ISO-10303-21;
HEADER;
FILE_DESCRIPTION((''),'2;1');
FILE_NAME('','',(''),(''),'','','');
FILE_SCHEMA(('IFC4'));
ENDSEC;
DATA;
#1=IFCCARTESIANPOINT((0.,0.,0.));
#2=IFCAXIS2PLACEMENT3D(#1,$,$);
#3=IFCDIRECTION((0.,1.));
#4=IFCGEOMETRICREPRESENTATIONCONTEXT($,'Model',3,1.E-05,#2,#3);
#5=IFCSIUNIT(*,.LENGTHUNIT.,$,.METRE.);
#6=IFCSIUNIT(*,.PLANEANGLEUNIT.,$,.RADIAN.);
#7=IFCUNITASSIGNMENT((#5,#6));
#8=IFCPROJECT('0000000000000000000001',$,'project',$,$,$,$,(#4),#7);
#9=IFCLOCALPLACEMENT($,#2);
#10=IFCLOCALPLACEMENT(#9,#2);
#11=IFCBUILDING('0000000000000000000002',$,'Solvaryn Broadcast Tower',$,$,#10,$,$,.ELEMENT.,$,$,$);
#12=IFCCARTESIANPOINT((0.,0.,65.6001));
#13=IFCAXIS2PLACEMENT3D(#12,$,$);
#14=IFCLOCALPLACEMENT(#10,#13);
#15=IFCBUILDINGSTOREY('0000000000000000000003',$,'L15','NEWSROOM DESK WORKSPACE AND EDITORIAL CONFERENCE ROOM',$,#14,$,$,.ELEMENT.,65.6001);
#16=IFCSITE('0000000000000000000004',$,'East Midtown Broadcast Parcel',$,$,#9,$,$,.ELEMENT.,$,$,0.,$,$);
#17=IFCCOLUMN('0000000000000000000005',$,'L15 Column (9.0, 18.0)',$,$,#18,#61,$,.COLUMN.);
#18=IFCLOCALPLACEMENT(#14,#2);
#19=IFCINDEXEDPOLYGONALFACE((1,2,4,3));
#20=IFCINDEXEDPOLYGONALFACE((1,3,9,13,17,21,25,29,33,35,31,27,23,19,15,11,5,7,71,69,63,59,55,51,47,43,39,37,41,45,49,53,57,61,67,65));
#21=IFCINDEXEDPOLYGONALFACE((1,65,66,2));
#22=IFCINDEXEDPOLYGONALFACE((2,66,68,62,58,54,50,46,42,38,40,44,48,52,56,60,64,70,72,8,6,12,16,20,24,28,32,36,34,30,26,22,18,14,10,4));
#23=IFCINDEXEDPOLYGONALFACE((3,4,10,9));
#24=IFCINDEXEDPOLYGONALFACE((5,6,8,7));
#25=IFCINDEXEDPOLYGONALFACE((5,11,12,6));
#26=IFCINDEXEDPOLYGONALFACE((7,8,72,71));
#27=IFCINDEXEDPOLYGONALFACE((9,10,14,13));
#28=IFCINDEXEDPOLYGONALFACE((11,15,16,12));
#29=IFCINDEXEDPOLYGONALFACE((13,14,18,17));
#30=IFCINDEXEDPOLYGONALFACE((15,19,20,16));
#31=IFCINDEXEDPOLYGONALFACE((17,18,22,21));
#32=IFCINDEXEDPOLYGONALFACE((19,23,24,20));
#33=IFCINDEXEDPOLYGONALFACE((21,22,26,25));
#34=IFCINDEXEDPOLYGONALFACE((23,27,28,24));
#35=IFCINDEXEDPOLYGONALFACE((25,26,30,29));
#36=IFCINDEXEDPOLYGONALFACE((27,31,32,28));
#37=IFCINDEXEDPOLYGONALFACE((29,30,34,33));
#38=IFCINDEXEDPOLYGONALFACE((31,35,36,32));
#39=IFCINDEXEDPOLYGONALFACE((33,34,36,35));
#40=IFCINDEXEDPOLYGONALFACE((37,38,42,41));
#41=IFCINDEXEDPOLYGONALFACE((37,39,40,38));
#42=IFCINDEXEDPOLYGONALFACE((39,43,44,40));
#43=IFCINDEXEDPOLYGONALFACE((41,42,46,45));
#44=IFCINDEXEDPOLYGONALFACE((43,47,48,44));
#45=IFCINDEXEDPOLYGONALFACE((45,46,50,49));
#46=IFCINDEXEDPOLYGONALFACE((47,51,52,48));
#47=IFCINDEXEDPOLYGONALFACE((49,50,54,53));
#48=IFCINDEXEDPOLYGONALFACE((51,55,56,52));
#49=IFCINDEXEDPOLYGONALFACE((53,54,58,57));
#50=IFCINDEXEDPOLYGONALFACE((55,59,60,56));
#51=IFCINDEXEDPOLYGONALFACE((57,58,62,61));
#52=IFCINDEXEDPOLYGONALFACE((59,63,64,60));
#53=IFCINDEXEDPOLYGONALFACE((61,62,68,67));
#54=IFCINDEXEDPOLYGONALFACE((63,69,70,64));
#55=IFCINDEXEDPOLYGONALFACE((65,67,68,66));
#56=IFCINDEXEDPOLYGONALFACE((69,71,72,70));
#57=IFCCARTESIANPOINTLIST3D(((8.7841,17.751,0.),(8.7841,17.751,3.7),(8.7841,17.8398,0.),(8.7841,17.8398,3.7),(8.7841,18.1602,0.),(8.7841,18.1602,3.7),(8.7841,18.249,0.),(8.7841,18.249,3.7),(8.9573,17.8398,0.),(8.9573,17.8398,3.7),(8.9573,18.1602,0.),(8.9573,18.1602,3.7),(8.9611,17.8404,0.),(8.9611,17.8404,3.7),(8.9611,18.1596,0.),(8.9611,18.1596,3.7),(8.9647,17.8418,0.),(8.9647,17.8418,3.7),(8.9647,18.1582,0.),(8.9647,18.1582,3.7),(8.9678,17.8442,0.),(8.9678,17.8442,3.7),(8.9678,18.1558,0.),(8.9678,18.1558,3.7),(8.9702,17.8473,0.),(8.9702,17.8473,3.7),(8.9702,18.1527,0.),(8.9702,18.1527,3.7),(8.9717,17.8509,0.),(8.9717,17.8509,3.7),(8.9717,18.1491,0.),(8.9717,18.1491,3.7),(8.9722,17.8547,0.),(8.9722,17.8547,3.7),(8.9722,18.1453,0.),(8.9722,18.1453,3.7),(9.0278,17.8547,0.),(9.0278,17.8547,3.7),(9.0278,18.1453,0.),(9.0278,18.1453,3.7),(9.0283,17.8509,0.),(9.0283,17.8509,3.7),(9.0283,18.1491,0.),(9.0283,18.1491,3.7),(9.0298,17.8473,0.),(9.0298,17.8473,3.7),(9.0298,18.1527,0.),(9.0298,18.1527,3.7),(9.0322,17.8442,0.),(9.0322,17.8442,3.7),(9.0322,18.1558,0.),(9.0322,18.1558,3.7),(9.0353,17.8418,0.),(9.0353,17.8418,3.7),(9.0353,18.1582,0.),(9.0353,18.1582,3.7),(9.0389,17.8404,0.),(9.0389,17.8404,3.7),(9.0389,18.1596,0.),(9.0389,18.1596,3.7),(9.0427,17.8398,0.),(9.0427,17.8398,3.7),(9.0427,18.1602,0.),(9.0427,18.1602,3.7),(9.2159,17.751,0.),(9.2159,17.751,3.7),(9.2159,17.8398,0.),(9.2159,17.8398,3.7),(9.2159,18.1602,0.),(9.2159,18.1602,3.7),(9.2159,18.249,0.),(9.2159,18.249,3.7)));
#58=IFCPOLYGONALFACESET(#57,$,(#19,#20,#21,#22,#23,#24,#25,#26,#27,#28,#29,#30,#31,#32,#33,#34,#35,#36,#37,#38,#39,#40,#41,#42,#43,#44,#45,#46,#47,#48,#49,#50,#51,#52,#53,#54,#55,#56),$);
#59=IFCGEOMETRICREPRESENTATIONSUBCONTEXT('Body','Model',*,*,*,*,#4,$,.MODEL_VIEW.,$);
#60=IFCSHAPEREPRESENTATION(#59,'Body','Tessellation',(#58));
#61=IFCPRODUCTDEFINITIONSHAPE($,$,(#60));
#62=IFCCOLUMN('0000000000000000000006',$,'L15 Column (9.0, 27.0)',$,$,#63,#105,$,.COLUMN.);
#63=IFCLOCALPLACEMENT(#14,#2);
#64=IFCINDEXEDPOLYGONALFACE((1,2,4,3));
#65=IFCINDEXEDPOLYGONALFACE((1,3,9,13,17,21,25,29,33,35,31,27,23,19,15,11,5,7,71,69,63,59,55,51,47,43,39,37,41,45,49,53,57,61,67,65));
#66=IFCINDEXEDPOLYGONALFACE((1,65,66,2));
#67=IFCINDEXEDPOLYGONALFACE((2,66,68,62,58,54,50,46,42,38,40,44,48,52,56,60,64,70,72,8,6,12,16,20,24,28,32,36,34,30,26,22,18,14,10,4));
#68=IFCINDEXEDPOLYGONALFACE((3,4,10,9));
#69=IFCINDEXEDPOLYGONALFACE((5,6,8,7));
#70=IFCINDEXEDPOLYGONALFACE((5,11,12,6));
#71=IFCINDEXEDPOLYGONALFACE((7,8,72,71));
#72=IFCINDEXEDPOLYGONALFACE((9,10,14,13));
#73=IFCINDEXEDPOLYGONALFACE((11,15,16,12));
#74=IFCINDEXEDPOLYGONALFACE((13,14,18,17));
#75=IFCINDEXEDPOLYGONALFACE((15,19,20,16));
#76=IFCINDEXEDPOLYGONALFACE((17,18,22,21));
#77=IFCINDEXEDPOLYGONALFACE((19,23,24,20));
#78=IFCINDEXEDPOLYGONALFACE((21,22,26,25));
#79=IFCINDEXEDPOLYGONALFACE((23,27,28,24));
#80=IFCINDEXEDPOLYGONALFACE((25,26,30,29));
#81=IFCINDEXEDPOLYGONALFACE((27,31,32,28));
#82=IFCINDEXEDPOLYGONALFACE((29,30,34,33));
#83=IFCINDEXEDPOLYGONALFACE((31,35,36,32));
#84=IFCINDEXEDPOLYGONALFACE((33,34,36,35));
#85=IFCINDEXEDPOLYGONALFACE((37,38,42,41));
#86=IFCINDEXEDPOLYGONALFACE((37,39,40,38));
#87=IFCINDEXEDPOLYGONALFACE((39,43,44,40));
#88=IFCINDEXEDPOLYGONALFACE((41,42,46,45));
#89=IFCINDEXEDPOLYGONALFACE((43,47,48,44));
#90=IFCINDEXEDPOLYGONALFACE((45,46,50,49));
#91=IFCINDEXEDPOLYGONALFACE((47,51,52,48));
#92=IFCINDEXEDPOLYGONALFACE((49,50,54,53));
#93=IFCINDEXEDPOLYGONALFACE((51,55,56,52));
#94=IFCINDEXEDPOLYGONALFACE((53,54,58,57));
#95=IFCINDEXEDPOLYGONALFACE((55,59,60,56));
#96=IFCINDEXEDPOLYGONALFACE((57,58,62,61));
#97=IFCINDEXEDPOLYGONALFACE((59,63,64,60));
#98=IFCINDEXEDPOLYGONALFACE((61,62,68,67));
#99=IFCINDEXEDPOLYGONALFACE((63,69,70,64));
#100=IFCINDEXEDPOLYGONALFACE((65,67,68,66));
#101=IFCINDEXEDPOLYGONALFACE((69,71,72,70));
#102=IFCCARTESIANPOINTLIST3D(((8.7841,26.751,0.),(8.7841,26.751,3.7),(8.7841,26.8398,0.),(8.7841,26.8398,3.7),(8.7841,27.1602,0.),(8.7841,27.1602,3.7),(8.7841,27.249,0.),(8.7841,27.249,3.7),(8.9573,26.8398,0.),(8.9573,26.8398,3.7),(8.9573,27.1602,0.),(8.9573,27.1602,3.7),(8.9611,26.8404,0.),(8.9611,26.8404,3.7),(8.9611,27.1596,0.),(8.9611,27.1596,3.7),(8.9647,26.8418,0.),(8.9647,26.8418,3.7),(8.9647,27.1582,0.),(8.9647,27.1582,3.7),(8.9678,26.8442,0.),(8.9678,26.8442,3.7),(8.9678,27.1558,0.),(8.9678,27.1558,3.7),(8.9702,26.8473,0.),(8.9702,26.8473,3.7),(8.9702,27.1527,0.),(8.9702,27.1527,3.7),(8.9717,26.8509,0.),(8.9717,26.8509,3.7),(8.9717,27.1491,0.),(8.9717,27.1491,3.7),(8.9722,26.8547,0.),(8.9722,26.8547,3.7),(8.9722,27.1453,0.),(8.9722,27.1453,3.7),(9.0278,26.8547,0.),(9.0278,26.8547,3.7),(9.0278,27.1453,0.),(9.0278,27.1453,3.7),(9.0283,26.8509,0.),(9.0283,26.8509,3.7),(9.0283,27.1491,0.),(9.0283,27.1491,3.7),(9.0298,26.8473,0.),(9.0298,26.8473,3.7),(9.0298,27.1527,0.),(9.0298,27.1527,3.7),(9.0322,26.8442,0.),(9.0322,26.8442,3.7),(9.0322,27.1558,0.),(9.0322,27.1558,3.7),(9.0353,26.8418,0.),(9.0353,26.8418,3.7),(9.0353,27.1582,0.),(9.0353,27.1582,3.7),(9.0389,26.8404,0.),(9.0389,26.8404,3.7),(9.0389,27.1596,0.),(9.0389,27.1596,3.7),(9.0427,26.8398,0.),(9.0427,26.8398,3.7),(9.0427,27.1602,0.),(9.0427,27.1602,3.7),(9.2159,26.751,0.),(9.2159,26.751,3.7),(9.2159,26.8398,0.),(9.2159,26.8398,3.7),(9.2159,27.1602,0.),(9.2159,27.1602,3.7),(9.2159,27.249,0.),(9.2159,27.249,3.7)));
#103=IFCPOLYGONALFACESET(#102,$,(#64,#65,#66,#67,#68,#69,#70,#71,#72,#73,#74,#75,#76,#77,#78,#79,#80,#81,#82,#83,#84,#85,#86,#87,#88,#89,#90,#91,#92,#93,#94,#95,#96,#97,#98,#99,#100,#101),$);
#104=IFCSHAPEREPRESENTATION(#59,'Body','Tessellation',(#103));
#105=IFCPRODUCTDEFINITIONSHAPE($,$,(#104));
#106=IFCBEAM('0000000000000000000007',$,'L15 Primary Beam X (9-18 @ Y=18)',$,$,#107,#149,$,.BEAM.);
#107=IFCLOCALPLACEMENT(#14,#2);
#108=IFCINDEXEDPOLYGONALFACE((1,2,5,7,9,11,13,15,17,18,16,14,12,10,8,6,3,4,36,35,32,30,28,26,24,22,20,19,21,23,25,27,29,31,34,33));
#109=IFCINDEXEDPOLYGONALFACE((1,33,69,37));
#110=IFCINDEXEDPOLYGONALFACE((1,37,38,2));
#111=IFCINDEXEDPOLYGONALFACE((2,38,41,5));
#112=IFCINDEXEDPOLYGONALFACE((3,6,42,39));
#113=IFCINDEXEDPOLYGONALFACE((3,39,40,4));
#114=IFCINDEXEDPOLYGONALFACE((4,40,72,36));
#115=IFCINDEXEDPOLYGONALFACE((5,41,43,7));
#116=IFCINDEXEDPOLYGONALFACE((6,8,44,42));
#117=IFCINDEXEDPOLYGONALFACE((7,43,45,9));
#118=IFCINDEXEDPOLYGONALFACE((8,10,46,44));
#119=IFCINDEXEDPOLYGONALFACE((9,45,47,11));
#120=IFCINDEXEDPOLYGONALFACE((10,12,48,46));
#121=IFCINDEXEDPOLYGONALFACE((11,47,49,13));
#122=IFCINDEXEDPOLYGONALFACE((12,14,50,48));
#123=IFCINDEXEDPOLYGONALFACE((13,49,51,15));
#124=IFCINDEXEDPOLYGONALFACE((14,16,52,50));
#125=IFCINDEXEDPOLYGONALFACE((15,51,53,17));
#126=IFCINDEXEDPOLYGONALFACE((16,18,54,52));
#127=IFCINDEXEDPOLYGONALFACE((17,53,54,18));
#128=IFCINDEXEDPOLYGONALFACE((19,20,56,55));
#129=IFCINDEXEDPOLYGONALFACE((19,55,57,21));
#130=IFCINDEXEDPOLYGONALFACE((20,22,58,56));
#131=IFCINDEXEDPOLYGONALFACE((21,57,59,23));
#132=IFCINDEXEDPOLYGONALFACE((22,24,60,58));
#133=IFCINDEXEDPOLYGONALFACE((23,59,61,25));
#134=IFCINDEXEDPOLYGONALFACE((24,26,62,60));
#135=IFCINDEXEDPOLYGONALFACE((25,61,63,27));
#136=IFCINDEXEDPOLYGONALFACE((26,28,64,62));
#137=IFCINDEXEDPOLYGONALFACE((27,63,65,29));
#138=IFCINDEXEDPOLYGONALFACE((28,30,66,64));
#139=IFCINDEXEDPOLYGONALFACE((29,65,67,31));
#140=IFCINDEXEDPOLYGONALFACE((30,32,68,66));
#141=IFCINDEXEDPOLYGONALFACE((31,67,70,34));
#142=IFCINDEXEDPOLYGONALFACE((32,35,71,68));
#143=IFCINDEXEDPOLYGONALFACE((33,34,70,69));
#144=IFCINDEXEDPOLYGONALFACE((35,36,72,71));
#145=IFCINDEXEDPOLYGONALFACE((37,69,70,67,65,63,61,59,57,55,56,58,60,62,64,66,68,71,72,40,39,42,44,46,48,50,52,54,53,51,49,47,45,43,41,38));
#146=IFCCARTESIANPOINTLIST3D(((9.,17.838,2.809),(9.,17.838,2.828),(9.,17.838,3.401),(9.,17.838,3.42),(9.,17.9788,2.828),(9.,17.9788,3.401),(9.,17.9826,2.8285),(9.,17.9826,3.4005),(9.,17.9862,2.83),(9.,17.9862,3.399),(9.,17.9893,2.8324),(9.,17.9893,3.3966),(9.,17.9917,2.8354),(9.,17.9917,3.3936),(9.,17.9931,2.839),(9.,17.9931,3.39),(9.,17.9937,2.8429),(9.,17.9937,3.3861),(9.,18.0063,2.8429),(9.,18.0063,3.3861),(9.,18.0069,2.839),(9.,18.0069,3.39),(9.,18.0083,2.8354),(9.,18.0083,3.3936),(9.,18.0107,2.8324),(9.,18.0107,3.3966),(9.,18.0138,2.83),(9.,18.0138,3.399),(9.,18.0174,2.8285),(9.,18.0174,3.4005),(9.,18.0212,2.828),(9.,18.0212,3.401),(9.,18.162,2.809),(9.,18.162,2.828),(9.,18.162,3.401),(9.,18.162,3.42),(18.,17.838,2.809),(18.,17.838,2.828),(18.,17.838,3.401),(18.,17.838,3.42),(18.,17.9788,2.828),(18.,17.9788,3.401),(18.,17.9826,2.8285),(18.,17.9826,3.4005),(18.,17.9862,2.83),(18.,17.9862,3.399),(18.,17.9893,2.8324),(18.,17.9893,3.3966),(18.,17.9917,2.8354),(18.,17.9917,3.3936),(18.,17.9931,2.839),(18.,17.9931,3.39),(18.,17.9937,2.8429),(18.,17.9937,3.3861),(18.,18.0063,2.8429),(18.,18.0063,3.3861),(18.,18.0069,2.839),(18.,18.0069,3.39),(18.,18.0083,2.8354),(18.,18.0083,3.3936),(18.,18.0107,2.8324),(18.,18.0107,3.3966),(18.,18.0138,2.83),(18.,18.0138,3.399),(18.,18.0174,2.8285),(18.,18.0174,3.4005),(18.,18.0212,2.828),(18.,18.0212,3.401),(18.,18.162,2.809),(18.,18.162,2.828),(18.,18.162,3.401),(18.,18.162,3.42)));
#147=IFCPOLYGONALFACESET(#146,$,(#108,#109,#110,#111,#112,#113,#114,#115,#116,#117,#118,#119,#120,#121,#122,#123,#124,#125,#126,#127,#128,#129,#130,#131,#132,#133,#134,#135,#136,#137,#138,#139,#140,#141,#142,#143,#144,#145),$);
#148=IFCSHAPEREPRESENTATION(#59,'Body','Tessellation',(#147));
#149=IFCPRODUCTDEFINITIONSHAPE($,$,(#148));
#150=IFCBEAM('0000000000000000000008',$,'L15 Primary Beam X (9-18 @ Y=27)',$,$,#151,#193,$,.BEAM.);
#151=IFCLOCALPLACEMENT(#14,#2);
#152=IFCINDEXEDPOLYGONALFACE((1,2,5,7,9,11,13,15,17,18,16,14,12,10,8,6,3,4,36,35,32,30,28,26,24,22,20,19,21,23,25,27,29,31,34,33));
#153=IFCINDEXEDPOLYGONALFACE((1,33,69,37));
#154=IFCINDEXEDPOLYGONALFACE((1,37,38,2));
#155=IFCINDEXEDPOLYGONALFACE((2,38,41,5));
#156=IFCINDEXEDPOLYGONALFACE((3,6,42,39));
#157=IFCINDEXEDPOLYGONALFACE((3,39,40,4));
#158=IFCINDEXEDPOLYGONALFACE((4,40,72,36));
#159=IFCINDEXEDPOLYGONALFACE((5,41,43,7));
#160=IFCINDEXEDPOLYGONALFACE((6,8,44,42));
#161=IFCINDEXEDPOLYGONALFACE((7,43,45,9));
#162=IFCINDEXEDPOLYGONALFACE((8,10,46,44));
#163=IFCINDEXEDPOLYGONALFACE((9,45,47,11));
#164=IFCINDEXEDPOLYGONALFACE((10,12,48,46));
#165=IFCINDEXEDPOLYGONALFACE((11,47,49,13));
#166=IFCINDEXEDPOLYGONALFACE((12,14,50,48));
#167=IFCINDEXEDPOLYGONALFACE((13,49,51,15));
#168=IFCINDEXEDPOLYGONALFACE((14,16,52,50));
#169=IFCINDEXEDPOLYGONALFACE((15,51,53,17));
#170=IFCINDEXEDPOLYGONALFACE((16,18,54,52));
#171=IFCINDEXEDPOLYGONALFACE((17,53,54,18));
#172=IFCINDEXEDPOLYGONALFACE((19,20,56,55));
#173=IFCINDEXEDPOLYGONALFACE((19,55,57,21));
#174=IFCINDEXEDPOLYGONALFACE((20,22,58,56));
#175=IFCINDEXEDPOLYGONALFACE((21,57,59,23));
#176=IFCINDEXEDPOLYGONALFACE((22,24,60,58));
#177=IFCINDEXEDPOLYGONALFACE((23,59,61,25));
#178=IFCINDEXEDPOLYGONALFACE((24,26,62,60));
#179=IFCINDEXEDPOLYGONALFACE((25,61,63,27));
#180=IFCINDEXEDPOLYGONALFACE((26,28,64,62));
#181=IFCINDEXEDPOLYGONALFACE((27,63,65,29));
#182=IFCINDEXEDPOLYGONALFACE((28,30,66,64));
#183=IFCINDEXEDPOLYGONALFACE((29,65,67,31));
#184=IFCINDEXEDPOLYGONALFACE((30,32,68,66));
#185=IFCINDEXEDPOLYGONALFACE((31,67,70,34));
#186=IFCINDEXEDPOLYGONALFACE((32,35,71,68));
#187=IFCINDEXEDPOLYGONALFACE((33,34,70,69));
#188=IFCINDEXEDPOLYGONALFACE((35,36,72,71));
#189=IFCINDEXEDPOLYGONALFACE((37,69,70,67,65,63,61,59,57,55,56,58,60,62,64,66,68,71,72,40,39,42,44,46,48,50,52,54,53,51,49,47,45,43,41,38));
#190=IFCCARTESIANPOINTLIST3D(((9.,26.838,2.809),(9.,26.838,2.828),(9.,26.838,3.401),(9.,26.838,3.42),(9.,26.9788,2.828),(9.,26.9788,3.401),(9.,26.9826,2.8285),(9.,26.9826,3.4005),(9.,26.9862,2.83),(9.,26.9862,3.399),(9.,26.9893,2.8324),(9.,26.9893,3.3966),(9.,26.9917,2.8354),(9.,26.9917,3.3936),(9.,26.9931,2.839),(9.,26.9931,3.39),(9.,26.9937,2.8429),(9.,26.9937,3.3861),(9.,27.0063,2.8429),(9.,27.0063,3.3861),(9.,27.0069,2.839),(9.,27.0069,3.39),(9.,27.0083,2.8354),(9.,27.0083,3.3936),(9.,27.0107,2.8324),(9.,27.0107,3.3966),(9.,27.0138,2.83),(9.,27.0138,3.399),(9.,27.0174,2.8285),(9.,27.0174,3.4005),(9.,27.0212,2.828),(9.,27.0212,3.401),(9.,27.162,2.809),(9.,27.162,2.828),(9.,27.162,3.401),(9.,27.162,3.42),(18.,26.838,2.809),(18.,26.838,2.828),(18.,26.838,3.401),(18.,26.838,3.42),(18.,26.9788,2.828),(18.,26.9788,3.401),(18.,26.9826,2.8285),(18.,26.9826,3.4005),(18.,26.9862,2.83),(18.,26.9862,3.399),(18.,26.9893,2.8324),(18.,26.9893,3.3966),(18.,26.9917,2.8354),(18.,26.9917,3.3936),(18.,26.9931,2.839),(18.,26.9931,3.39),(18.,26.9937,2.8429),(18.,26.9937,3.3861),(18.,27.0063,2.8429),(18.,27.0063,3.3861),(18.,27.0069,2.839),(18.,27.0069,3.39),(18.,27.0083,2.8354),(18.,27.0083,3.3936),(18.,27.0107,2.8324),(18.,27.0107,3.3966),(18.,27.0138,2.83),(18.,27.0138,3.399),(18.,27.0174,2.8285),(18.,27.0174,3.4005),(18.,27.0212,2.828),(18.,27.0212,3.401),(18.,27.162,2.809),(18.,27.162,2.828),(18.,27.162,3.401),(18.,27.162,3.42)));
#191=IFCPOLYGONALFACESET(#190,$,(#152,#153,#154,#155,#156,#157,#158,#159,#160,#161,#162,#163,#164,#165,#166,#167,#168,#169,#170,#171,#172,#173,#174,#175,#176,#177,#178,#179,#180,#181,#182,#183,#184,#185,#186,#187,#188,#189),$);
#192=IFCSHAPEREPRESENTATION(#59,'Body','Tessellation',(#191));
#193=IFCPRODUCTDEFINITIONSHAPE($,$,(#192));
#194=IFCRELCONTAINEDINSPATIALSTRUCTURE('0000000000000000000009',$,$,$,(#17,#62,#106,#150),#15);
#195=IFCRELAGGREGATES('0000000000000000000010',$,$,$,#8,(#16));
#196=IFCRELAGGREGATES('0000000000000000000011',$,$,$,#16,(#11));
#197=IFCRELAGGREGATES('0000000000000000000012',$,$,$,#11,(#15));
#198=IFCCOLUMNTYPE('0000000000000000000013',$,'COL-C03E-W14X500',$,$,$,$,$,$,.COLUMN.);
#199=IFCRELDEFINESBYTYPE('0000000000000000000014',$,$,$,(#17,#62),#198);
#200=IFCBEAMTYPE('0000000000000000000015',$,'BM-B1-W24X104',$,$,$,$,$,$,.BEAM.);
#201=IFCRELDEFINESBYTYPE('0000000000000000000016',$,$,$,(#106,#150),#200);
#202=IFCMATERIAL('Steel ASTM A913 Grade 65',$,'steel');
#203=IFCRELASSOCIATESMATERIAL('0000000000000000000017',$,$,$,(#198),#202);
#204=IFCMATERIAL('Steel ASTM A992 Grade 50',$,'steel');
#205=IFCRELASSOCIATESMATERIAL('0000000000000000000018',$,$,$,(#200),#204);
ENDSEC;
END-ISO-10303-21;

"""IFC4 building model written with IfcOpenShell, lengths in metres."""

from ifc_helpers import new_model, si_unit, direction, frame, origin, origin_2d, place, context, subcontext, project, spatial, i_section, extrude, material, material_profile, profile_set, type_object, element, save


model = new_model("IFC4")

# Units and contexts
model_context = context("Model", 3, precision=1e-05, world=origin(), true_north=direction((0.0, 1.0)))
body_context = subcontext(model_context, "Body", "Model", "MODEL_VIEW")
ifc_project = project(units=[si_unit("LENGTHUNIT", "METRE"), si_unit("PLANEANGLEUNIT", "RADIAN")], contexts=[model_context])

# Site, building, storey
site_placement = place(None, origin())
site = spatial("IfcSite", under=ifc_project, at=site_placement, Name="East Midtown Broadcast Parcel", CompositionType="ELEMENT", RefElevation=0.0)
building_placement = place(site_placement, origin())
building = spatial("IfcBuilding", under=site, at=building_placement, Name="Solvaryn Broadcast Tower", CompositionType="ELEMENT")
storey_placement = place(building_placement, frame((0.0, 0.0, 65.6001)))
storey = spatial("IfcBuildingStorey", under=building, at=storey_placement, Name="L15", Description="NEWSROOM DESK WORKSPACE AND EDITORIAL CONFERENCE ROOM", CompositionType="ELEMENT", Elevation=65.6001)

# Columns
ifc_material_1 = material(Name="Steel ASTM A913 Grade 65", Category="steel")
ifc_material_profile_1 = material_profile(ifc_material_1, i_section(OverallWidth=0.4319, OverallDepth=0.498, WebThickness=0.0557, FlangeThickness=0.0889, FilletRadius=0.0149, at=origin_2d()))
ifc_profile_set_1 = profile_set([ifc_material_profile_1], Name="Steel ASTM A913 Grade 65")
column_type = type_object("IfcColumnType", Name="COL-C03E-W14X500", PredefinedType="COLUMN", material=ifc_profile_set_1)
for number, where, z_axis, x_axis, name in (
    (1, (9.0, 18.0, 0.0), (0.0, 0.0, 1.0), (1.0, 0.0, 0.0), "L15 Column (9.0, 18.0)"),
    (2, (9.0, 27.0, 0.0), (0.0, 0.0, 1.0), (1.0, 0.0, 0.0), "L15 Column (9.0, 27.0)"),
):
    element("IfcColumn", number, at=place(storey_placement, frame(where, z_axis=z_axis, x_axis=x_axis)), inside=storey, type_object=column_type, Name=name, PredefinedType="COLUMN", context=body_context, shape_type="SweptSolid", body=[
        extrude(i_section(OverallWidth=0.4319, OverallDepth=0.498, WebThickness=0.0557, FlangeThickness=0.0889, FilletRadius=0.0149, at=origin_2d()), origin(), (0.0, 0.0, 1.0), 3.7),
    ])

# Beams
ifc_material_2 = material(Name="Steel ASTM A992 Grade 50", Category="steel")
ifc_material_profile_2 = material_profile(ifc_material_2, i_section(OverallWidth=0.324, OverallDepth=0.6111, WebThickness=0.0127, FlangeThickness=0.019, FilletRadius=0.0149, at=origin_2d()))
ifc_profile_set_2 = profile_set([ifc_material_profile_2], Name="Steel ASTM A992 Grade 50")
beam_type_1 = type_object("IfcBeamType", Name="BM-B1-W24X104", PredefinedType="BEAM", material=ifc_profile_set_2)
for number, where, z_axis, x_axis, name in (
    (3, (9.0, 18.0, 3.1145), (1.0, 0.0, 0.0), (0.0, 1.0, 0.0), "L15 Primary Beam X (9-18 @ Y=18)"),
    (4, (9.0, 27.0, 3.1145), (1.0, 0.0, 0.0), (0.0, 1.0, 0.0), "L15 Primary Beam X (9-18 @ Y=27)"),
):
    element("IfcBeam", number, at=place(storey_placement, frame(where, z_axis=z_axis, x_axis=x_axis)), inside=storey, type_object=beam_type_1, Name=name, PredefinedType="BEAM", context=body_context, shape_type="SweptSolid", body=[
        extrude(i_section(OverallWidth=0.324, OverallDepth=0.6111, WebThickness=0.0127, FlangeThickness=0.019, FilletRadius=0.0149, at=origin_2d()), origin(), (0.0, 0.0, 1.0), 9.0),
    ])

save(model, "model.ifc")
